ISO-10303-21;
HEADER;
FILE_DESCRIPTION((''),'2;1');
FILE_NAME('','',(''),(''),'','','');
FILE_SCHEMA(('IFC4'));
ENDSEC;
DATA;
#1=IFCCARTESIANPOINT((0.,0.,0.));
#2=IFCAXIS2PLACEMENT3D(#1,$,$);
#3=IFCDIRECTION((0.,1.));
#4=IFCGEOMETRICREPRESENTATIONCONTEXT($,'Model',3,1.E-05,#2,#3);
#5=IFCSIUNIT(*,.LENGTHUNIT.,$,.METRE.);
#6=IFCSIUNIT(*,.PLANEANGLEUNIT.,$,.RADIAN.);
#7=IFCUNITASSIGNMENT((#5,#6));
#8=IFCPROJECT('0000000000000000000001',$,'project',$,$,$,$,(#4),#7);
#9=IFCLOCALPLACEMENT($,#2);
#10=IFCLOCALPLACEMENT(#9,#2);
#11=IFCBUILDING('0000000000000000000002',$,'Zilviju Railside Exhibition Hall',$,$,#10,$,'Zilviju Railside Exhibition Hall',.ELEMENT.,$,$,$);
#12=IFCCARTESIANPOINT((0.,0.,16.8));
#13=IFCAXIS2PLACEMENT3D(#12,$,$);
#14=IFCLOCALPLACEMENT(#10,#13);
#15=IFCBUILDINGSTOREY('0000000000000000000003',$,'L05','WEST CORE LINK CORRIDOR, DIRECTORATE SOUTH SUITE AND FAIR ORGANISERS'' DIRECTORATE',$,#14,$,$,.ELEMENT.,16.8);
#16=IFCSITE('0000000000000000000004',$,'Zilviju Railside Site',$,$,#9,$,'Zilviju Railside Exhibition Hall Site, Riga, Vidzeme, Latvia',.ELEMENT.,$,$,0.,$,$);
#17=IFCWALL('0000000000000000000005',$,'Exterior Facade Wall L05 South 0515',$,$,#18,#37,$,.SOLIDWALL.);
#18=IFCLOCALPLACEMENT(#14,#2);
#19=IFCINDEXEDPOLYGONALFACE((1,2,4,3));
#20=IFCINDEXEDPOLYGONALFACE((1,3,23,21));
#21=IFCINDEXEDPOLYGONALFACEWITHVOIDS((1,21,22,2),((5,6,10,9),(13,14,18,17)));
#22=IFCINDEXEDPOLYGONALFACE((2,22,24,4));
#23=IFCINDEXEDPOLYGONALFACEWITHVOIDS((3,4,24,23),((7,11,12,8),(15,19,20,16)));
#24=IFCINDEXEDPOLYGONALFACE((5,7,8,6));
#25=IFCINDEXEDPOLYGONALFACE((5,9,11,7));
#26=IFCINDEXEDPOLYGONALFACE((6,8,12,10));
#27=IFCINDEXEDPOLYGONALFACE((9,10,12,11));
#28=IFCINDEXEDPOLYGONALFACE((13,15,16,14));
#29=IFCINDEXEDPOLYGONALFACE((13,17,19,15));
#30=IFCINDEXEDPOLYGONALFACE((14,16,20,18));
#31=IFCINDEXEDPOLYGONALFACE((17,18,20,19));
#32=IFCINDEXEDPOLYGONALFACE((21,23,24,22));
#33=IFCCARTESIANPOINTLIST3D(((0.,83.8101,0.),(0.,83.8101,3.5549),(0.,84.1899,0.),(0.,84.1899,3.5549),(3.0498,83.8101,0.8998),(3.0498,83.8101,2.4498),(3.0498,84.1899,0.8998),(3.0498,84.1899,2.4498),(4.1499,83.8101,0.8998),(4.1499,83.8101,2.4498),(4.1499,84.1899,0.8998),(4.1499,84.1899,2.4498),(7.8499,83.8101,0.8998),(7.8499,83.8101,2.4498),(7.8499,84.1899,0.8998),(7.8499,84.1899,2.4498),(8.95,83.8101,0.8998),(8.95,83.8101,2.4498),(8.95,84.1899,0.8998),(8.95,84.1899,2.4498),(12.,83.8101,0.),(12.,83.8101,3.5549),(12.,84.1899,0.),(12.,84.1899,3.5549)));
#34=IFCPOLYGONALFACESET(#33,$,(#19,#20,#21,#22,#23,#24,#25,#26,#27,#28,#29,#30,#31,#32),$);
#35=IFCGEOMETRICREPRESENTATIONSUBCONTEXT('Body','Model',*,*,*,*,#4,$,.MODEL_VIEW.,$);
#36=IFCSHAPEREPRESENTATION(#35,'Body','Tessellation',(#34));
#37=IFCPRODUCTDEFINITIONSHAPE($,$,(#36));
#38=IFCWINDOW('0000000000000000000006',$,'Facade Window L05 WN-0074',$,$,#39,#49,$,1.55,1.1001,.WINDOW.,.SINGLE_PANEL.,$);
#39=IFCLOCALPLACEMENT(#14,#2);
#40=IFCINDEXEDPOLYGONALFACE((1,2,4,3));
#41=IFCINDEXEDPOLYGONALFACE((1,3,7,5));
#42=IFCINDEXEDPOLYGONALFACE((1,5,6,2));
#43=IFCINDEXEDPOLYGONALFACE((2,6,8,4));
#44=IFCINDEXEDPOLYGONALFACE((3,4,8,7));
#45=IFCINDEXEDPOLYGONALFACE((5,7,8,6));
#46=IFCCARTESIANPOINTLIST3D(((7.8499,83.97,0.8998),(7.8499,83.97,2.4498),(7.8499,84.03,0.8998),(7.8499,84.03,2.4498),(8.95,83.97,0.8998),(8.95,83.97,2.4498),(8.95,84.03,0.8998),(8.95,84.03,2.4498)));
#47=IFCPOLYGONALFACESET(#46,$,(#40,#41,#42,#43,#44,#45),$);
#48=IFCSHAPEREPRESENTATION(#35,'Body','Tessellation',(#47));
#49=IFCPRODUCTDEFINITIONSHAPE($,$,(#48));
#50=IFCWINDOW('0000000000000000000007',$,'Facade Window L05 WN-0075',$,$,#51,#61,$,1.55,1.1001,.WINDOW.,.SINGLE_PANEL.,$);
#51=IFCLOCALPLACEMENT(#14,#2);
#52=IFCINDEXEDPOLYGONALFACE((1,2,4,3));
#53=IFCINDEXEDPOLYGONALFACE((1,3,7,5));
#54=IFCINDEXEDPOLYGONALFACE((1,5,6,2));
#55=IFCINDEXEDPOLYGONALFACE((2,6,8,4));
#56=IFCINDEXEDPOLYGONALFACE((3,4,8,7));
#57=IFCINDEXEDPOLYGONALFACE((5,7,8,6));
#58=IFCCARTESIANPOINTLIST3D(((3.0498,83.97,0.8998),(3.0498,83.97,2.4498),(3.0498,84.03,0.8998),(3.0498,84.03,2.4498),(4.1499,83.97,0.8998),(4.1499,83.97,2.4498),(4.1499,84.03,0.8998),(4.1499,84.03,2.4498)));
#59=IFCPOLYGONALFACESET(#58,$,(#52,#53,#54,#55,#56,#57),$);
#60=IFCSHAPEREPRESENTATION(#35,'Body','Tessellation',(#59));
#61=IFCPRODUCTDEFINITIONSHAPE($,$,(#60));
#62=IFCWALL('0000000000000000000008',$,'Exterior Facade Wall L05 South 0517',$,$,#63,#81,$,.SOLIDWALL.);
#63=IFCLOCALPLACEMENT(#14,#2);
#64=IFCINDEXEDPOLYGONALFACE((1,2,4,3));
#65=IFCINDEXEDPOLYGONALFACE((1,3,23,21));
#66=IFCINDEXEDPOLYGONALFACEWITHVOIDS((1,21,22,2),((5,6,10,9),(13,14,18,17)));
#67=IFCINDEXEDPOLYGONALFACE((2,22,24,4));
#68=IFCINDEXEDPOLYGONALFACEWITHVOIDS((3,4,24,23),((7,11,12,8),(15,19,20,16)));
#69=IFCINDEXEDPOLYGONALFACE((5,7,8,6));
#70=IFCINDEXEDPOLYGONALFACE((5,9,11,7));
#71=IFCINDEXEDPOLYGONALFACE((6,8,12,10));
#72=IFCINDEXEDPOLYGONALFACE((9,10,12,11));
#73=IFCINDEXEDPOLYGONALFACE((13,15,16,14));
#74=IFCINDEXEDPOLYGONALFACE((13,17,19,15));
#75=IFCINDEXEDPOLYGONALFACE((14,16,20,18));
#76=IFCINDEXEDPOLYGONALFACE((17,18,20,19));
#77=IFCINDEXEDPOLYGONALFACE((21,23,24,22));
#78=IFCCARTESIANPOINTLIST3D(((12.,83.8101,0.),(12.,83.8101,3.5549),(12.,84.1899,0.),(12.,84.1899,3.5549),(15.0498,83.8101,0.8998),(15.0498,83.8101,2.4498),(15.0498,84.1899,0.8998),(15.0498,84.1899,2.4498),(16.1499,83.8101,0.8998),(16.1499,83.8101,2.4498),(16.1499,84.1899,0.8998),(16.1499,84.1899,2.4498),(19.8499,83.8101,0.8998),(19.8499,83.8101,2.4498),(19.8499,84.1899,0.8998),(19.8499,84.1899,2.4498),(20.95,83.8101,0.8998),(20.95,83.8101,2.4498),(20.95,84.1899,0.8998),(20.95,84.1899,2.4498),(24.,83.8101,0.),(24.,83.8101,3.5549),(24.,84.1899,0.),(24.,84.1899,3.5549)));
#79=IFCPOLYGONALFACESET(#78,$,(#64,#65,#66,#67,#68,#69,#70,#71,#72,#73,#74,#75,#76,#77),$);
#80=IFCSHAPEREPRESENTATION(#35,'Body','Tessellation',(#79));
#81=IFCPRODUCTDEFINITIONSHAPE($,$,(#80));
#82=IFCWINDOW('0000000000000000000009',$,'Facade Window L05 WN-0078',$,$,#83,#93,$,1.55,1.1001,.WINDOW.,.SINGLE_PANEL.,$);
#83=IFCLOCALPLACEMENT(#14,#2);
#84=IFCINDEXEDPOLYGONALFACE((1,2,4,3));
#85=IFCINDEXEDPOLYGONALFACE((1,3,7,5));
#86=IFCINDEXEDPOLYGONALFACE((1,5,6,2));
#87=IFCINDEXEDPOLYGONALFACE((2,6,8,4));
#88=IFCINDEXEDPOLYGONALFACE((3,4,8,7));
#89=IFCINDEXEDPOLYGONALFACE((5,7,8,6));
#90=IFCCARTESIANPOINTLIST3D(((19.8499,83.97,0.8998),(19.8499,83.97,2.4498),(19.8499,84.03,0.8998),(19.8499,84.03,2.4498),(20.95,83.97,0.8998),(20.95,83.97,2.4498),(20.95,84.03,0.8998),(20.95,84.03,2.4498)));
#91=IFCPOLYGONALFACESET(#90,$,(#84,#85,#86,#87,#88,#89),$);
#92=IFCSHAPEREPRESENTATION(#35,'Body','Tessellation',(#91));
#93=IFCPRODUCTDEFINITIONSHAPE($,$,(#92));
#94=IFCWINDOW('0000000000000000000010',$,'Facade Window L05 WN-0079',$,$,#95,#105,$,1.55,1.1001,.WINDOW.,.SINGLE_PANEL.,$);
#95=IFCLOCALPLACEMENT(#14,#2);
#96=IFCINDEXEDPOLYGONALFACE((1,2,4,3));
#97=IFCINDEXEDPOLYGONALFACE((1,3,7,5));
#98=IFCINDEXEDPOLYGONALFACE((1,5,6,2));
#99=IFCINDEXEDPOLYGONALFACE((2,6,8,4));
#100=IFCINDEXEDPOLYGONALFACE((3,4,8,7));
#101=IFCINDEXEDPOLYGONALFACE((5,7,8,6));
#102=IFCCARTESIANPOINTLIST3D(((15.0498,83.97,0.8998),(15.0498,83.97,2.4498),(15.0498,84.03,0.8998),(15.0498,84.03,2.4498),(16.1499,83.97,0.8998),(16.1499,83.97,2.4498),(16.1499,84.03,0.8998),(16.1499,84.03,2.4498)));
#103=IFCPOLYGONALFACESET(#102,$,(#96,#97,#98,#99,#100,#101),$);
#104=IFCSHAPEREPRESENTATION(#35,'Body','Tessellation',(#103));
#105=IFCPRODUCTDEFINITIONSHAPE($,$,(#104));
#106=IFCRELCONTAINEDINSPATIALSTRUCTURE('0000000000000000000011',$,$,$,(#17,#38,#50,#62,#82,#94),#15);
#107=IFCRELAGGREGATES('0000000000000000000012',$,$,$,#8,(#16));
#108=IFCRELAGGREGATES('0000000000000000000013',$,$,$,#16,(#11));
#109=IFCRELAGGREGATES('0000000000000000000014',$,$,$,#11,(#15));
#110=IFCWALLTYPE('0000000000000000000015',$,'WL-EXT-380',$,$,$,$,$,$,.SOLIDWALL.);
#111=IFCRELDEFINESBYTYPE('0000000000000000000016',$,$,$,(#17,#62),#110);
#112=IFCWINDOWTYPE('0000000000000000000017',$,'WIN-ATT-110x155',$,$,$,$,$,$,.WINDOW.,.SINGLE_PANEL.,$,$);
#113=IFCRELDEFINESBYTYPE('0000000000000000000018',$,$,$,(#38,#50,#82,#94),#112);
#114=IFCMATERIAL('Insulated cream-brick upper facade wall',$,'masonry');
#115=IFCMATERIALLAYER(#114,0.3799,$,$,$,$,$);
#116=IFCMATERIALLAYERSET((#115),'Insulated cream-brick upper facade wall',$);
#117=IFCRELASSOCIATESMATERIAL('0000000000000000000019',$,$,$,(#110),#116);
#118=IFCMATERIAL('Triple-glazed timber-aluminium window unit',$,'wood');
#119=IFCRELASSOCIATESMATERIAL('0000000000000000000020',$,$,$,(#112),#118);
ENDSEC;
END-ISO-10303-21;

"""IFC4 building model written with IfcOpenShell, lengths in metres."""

from ifc_helpers import new_model, si_unit, direction, frame, frame_2d, origin, place, context, subcontext, project, spatial, rectangle, extrude, material, layer, layer_set, type_object, element, fill, save


model = new_model("IFC4")

# Units and contexts
model_context = context("Model", 3, precision=1e-05, world=origin(), true_north=direction((0.0, 1.0)))
body_context = subcontext(model_context, "Body", "Model", "MODEL_VIEW")
ifc_project = project(units=[si_unit("LENGTHUNIT", "METRE"), si_unit("PLANEANGLEUNIT", "RADIAN")], contexts=[model_context])

# Site, building, storey
site_placement = place(None, origin())
site = spatial("IfcSite", under=ifc_project, at=site_placement, Name="Zilviju Railside Site", LongName="Zilviju Railside Exhibition Hall Site, Riga, Vidzeme, Latvia", CompositionType="ELEMENT", RefElevation=0.0)
building_placement = place(site_placement, origin())
building = spatial("IfcBuilding", under=site, at=building_placement, Name="Zilviju Railside Exhibition Hall", LongName="Zilviju Railside Exhibition Hall", CompositionType="ELEMENT")
storey_placement = place(building_placement, frame((0.0, 0.0, 16.8)))
storey = spatial("IfcBuildingStorey", under=building, at=storey_placement, Name="L05", Description="WEST CORE LINK CORRIDOR, DIRECTORATE SOUTH SUITE AND FAIR ORGANISERS' DIRECTORATE", CompositionType="ELEMENT", Elevation=16.8)

# Walls, openings, windows
ifc_material_1 = material(Name="Insulated cream-brick upper facade wall", Category="masonry")
ifc_layer_1 = layer(ifc_material_1, 0.3799)
ifc_layer_set_1 = layer_set([ifc_layer_1], Name="Insulated cream-brick upper facade wall")
wall_type_1 = type_object("IfcWallType", Name="WL-EXT-380", PredefinedType="SOLIDWALL", material=ifc_layer_set_1)
wall_1_placement = place(storey_placement, frame((12.0, 84.0, 0.0), z_axis=(0.0, 0.0, 1.0), x_axis=(-1.0, 0.0, 0.0)))
wall_1 = element("IfcWall", 1, at=wall_1_placement, inside=storey, type_object=wall_type_1, Name="Exterior Facade Wall L05 South 0515", PredefinedType="SOLIDWALL", context=body_context, shape_type="SweptSolid", body=[
    extrude(rectangle(XDim=12.0, YDim=0.3799, at=frame_2d((6.0, 0.0))), origin(), (0.0, 0.0, 1.0), 3.5549),
])
opening_1_placement = place(wall_1_placement, frame((3.05, 0.0, 0.8999)))
opening_1 = element("IfcOpeningElement", 2, at=opening_1_placement, cuts=wall_1, PredefinedType="OPENING", context=body_context, shape_type="SweptSolid", body=[
    extrude(rectangle(XDim=1.1001, YDim=1.55, at=frame_2d((0.55, 0.7749))), frame((0.0, 0.2, 0.0), z_axis=(0.0, -1.0, 0.0), x_axis=(1.0, 0.0, 0.0)), (0.0, 0.0, 1.0), 0.3999),
])
opening_2_placement = place(wall_1_placement, frame((7.8501, 0.0, 0.8999)))
opening_2 = element("IfcOpeningElement", 3, at=opening_2_placement, cuts=wall_1, PredefinedType="OPENING", context=body_context, shape_type="SweptSolid", body=[
    extrude(rectangle(XDim=1.1001, YDim=1.55, at=frame_2d((0.55, 0.7749))), frame((0.0, 0.2, 0.0), z_axis=(0.0, -1.0, 0.0), x_axis=(1.0, 0.0, 0.0)), (0.0, 0.0, 1.0), 0.3999),
])
ifc_material_2 = material(Name="Triple-glazed timber-aluminium window unit", Category="wood")
window_type = type_object("IfcWindowType", Name="WIN-ATT-110x155", PartitioningType="SINGLE_PANEL", PredefinedType="WINDOW", material=ifc_material_2)
window_1_placement = place(opening_1_placement, origin())
window_1 = element("IfcWindow", 4, at=window_1_placement, inside=storey, type_object=window_type, Name="Facade Window L05 WN-0074", OverallHeight=1.55, OverallWidth=1.1001, PartitioningType="SINGLE_PANEL", PredefinedType="WINDOW", context=body_context, shape_type="SweptSolid", body=[
    extrude(rectangle(XDim=1.1001, YDim=1.55, at=frame_2d((0.55, 0.7749))), frame((0.0, 0.03, 0.0), z_axis=(0.0, -1.0, 0.0), x_axis=(1.0, 0.0, 0.0)), (0.0, 0.0, 1.0), 0.0601),
])
fill(opening_1, window_1)
window_2_placement = place(opening_2_placement, origin())
window_2 = element("IfcWindow", 5, at=window_2_placement, inside=storey, type_object=window_type, Name="Facade Window L05 WN-0075", OverallHeight=1.55, OverallWidth=1.1001, PartitioningType="SINGLE_PANEL", PredefinedType="WINDOW", context=body_context, shape_type="SweptSolid", body=[
    extrude(rectangle(XDim=1.1001, YDim=1.55, at=frame_2d((0.55, 0.7749))), frame((0.0, 0.03, 0.0), z_axis=(0.0, -1.0, 0.0), x_axis=(1.0, 0.0, 0.0)), (0.0, 0.0, 1.0), 0.0601),
])
fill(opening_2, window_2)
wall_2_placement = place(storey_placement, frame((24.0, 84.0, 0.0), z_axis=(0.0, 0.0, 1.0), x_axis=(-1.0, 0.0, 0.0)))
wall_2 = element("IfcWall", 6, at=wall_2_placement, inside=storey, type_object=wall_type_1, Name="Exterior Facade Wall L05 South 0517", PredefinedType="SOLIDWALL", context=body_context, shape_type="SweptSolid", body=[
    extrude(rectangle(XDim=12.0, YDim=0.3799, at=frame_2d((6.0, 0.0))), origin(), (0.0, 0.0, 1.0), 3.5549),
])
opening_3_placement = place(wall_2_placement, frame((3.05, 0.0, 0.8999)))
opening_3 = element("IfcOpeningElement", 7, at=opening_3_placement, cuts=wall_2, PredefinedType="OPENING", context=body_context, shape_type="SweptSolid", body=[
    extrude(rectangle(XDim=1.1001, YDim=1.55, at=frame_2d((0.55, 0.7749))), frame((0.0, 0.2, 0.0), z_axis=(0.0, -1.0, 0.0), x_axis=(1.0, 0.0, 0.0)), (0.0, 0.0, 1.0), 0.3999),
])
opening_4_placement = place(wall_2_placement, frame((7.8501, 0.0, 0.8999)))
opening_4 = element("IfcOpeningElement", 8, at=opening_4_placement, cuts=wall_2, PredefinedType="OPENING", context=body_context, shape_type="SweptSolid", body=[
    extrude(rectangle(XDim=1.1001, YDim=1.55, at=frame_2d((0.55, 0.7749))), frame((0.0, 0.2, 0.0), z_axis=(0.0, -1.0, 0.0), x_axis=(1.0, 0.0, 0.0)), (0.0, 0.0, 1.0), 0.3999),
])
window_3_placement = place(opening_3_placement, origin())
window_3 = element("IfcWindow", 9, at=window_3_placement, inside=storey, type_object=window_type, Name="Facade Window L05 WN-0078", OverallHeight=1.55, OverallWidth=1.1001, PartitioningType="SINGLE_PANEL", PredefinedType="WINDOW", context=body_context, shape_type="SweptSolid", body=[
    extrude(rectangle(XDim=1.1001, YDim=1.55, at=frame_2d((0.55, 0.7749))), frame((0.0, 0.03, 0.0), z_axis=(0.0, -1.0, 0.0), x_axis=(1.0, 0.0, 0.0)), (0.0, 0.0, 1.0), 0.0601),
])
fill(opening_3, window_3)
window_4_placement = place(opening_4_placement, origin())
window_4 = element("IfcWindow", 10, at=window_4_placement, inside=storey, type_object=window_type, Name="Facade Window L05 WN-0079", OverallHeight=1.55, OverallWidth=1.1001, PartitioningType="SINGLE_PANEL", PredefinedType="WINDOW", context=body_context, shape_type="SweptSolid", body=[
    extrude(rectangle(XDim=1.1001, YDim=1.55, at=frame_2d((0.55, 0.7749))), frame((0.0, 0.03, 0.0), z_axis=(0.0, -1.0, 0.0), x_axis=(1.0, 0.0, 0.0)), (0.0, 0.0, 1.0), 0.0601),
])
fill(opening_4, window_4)

save(model, "model.ifc")
